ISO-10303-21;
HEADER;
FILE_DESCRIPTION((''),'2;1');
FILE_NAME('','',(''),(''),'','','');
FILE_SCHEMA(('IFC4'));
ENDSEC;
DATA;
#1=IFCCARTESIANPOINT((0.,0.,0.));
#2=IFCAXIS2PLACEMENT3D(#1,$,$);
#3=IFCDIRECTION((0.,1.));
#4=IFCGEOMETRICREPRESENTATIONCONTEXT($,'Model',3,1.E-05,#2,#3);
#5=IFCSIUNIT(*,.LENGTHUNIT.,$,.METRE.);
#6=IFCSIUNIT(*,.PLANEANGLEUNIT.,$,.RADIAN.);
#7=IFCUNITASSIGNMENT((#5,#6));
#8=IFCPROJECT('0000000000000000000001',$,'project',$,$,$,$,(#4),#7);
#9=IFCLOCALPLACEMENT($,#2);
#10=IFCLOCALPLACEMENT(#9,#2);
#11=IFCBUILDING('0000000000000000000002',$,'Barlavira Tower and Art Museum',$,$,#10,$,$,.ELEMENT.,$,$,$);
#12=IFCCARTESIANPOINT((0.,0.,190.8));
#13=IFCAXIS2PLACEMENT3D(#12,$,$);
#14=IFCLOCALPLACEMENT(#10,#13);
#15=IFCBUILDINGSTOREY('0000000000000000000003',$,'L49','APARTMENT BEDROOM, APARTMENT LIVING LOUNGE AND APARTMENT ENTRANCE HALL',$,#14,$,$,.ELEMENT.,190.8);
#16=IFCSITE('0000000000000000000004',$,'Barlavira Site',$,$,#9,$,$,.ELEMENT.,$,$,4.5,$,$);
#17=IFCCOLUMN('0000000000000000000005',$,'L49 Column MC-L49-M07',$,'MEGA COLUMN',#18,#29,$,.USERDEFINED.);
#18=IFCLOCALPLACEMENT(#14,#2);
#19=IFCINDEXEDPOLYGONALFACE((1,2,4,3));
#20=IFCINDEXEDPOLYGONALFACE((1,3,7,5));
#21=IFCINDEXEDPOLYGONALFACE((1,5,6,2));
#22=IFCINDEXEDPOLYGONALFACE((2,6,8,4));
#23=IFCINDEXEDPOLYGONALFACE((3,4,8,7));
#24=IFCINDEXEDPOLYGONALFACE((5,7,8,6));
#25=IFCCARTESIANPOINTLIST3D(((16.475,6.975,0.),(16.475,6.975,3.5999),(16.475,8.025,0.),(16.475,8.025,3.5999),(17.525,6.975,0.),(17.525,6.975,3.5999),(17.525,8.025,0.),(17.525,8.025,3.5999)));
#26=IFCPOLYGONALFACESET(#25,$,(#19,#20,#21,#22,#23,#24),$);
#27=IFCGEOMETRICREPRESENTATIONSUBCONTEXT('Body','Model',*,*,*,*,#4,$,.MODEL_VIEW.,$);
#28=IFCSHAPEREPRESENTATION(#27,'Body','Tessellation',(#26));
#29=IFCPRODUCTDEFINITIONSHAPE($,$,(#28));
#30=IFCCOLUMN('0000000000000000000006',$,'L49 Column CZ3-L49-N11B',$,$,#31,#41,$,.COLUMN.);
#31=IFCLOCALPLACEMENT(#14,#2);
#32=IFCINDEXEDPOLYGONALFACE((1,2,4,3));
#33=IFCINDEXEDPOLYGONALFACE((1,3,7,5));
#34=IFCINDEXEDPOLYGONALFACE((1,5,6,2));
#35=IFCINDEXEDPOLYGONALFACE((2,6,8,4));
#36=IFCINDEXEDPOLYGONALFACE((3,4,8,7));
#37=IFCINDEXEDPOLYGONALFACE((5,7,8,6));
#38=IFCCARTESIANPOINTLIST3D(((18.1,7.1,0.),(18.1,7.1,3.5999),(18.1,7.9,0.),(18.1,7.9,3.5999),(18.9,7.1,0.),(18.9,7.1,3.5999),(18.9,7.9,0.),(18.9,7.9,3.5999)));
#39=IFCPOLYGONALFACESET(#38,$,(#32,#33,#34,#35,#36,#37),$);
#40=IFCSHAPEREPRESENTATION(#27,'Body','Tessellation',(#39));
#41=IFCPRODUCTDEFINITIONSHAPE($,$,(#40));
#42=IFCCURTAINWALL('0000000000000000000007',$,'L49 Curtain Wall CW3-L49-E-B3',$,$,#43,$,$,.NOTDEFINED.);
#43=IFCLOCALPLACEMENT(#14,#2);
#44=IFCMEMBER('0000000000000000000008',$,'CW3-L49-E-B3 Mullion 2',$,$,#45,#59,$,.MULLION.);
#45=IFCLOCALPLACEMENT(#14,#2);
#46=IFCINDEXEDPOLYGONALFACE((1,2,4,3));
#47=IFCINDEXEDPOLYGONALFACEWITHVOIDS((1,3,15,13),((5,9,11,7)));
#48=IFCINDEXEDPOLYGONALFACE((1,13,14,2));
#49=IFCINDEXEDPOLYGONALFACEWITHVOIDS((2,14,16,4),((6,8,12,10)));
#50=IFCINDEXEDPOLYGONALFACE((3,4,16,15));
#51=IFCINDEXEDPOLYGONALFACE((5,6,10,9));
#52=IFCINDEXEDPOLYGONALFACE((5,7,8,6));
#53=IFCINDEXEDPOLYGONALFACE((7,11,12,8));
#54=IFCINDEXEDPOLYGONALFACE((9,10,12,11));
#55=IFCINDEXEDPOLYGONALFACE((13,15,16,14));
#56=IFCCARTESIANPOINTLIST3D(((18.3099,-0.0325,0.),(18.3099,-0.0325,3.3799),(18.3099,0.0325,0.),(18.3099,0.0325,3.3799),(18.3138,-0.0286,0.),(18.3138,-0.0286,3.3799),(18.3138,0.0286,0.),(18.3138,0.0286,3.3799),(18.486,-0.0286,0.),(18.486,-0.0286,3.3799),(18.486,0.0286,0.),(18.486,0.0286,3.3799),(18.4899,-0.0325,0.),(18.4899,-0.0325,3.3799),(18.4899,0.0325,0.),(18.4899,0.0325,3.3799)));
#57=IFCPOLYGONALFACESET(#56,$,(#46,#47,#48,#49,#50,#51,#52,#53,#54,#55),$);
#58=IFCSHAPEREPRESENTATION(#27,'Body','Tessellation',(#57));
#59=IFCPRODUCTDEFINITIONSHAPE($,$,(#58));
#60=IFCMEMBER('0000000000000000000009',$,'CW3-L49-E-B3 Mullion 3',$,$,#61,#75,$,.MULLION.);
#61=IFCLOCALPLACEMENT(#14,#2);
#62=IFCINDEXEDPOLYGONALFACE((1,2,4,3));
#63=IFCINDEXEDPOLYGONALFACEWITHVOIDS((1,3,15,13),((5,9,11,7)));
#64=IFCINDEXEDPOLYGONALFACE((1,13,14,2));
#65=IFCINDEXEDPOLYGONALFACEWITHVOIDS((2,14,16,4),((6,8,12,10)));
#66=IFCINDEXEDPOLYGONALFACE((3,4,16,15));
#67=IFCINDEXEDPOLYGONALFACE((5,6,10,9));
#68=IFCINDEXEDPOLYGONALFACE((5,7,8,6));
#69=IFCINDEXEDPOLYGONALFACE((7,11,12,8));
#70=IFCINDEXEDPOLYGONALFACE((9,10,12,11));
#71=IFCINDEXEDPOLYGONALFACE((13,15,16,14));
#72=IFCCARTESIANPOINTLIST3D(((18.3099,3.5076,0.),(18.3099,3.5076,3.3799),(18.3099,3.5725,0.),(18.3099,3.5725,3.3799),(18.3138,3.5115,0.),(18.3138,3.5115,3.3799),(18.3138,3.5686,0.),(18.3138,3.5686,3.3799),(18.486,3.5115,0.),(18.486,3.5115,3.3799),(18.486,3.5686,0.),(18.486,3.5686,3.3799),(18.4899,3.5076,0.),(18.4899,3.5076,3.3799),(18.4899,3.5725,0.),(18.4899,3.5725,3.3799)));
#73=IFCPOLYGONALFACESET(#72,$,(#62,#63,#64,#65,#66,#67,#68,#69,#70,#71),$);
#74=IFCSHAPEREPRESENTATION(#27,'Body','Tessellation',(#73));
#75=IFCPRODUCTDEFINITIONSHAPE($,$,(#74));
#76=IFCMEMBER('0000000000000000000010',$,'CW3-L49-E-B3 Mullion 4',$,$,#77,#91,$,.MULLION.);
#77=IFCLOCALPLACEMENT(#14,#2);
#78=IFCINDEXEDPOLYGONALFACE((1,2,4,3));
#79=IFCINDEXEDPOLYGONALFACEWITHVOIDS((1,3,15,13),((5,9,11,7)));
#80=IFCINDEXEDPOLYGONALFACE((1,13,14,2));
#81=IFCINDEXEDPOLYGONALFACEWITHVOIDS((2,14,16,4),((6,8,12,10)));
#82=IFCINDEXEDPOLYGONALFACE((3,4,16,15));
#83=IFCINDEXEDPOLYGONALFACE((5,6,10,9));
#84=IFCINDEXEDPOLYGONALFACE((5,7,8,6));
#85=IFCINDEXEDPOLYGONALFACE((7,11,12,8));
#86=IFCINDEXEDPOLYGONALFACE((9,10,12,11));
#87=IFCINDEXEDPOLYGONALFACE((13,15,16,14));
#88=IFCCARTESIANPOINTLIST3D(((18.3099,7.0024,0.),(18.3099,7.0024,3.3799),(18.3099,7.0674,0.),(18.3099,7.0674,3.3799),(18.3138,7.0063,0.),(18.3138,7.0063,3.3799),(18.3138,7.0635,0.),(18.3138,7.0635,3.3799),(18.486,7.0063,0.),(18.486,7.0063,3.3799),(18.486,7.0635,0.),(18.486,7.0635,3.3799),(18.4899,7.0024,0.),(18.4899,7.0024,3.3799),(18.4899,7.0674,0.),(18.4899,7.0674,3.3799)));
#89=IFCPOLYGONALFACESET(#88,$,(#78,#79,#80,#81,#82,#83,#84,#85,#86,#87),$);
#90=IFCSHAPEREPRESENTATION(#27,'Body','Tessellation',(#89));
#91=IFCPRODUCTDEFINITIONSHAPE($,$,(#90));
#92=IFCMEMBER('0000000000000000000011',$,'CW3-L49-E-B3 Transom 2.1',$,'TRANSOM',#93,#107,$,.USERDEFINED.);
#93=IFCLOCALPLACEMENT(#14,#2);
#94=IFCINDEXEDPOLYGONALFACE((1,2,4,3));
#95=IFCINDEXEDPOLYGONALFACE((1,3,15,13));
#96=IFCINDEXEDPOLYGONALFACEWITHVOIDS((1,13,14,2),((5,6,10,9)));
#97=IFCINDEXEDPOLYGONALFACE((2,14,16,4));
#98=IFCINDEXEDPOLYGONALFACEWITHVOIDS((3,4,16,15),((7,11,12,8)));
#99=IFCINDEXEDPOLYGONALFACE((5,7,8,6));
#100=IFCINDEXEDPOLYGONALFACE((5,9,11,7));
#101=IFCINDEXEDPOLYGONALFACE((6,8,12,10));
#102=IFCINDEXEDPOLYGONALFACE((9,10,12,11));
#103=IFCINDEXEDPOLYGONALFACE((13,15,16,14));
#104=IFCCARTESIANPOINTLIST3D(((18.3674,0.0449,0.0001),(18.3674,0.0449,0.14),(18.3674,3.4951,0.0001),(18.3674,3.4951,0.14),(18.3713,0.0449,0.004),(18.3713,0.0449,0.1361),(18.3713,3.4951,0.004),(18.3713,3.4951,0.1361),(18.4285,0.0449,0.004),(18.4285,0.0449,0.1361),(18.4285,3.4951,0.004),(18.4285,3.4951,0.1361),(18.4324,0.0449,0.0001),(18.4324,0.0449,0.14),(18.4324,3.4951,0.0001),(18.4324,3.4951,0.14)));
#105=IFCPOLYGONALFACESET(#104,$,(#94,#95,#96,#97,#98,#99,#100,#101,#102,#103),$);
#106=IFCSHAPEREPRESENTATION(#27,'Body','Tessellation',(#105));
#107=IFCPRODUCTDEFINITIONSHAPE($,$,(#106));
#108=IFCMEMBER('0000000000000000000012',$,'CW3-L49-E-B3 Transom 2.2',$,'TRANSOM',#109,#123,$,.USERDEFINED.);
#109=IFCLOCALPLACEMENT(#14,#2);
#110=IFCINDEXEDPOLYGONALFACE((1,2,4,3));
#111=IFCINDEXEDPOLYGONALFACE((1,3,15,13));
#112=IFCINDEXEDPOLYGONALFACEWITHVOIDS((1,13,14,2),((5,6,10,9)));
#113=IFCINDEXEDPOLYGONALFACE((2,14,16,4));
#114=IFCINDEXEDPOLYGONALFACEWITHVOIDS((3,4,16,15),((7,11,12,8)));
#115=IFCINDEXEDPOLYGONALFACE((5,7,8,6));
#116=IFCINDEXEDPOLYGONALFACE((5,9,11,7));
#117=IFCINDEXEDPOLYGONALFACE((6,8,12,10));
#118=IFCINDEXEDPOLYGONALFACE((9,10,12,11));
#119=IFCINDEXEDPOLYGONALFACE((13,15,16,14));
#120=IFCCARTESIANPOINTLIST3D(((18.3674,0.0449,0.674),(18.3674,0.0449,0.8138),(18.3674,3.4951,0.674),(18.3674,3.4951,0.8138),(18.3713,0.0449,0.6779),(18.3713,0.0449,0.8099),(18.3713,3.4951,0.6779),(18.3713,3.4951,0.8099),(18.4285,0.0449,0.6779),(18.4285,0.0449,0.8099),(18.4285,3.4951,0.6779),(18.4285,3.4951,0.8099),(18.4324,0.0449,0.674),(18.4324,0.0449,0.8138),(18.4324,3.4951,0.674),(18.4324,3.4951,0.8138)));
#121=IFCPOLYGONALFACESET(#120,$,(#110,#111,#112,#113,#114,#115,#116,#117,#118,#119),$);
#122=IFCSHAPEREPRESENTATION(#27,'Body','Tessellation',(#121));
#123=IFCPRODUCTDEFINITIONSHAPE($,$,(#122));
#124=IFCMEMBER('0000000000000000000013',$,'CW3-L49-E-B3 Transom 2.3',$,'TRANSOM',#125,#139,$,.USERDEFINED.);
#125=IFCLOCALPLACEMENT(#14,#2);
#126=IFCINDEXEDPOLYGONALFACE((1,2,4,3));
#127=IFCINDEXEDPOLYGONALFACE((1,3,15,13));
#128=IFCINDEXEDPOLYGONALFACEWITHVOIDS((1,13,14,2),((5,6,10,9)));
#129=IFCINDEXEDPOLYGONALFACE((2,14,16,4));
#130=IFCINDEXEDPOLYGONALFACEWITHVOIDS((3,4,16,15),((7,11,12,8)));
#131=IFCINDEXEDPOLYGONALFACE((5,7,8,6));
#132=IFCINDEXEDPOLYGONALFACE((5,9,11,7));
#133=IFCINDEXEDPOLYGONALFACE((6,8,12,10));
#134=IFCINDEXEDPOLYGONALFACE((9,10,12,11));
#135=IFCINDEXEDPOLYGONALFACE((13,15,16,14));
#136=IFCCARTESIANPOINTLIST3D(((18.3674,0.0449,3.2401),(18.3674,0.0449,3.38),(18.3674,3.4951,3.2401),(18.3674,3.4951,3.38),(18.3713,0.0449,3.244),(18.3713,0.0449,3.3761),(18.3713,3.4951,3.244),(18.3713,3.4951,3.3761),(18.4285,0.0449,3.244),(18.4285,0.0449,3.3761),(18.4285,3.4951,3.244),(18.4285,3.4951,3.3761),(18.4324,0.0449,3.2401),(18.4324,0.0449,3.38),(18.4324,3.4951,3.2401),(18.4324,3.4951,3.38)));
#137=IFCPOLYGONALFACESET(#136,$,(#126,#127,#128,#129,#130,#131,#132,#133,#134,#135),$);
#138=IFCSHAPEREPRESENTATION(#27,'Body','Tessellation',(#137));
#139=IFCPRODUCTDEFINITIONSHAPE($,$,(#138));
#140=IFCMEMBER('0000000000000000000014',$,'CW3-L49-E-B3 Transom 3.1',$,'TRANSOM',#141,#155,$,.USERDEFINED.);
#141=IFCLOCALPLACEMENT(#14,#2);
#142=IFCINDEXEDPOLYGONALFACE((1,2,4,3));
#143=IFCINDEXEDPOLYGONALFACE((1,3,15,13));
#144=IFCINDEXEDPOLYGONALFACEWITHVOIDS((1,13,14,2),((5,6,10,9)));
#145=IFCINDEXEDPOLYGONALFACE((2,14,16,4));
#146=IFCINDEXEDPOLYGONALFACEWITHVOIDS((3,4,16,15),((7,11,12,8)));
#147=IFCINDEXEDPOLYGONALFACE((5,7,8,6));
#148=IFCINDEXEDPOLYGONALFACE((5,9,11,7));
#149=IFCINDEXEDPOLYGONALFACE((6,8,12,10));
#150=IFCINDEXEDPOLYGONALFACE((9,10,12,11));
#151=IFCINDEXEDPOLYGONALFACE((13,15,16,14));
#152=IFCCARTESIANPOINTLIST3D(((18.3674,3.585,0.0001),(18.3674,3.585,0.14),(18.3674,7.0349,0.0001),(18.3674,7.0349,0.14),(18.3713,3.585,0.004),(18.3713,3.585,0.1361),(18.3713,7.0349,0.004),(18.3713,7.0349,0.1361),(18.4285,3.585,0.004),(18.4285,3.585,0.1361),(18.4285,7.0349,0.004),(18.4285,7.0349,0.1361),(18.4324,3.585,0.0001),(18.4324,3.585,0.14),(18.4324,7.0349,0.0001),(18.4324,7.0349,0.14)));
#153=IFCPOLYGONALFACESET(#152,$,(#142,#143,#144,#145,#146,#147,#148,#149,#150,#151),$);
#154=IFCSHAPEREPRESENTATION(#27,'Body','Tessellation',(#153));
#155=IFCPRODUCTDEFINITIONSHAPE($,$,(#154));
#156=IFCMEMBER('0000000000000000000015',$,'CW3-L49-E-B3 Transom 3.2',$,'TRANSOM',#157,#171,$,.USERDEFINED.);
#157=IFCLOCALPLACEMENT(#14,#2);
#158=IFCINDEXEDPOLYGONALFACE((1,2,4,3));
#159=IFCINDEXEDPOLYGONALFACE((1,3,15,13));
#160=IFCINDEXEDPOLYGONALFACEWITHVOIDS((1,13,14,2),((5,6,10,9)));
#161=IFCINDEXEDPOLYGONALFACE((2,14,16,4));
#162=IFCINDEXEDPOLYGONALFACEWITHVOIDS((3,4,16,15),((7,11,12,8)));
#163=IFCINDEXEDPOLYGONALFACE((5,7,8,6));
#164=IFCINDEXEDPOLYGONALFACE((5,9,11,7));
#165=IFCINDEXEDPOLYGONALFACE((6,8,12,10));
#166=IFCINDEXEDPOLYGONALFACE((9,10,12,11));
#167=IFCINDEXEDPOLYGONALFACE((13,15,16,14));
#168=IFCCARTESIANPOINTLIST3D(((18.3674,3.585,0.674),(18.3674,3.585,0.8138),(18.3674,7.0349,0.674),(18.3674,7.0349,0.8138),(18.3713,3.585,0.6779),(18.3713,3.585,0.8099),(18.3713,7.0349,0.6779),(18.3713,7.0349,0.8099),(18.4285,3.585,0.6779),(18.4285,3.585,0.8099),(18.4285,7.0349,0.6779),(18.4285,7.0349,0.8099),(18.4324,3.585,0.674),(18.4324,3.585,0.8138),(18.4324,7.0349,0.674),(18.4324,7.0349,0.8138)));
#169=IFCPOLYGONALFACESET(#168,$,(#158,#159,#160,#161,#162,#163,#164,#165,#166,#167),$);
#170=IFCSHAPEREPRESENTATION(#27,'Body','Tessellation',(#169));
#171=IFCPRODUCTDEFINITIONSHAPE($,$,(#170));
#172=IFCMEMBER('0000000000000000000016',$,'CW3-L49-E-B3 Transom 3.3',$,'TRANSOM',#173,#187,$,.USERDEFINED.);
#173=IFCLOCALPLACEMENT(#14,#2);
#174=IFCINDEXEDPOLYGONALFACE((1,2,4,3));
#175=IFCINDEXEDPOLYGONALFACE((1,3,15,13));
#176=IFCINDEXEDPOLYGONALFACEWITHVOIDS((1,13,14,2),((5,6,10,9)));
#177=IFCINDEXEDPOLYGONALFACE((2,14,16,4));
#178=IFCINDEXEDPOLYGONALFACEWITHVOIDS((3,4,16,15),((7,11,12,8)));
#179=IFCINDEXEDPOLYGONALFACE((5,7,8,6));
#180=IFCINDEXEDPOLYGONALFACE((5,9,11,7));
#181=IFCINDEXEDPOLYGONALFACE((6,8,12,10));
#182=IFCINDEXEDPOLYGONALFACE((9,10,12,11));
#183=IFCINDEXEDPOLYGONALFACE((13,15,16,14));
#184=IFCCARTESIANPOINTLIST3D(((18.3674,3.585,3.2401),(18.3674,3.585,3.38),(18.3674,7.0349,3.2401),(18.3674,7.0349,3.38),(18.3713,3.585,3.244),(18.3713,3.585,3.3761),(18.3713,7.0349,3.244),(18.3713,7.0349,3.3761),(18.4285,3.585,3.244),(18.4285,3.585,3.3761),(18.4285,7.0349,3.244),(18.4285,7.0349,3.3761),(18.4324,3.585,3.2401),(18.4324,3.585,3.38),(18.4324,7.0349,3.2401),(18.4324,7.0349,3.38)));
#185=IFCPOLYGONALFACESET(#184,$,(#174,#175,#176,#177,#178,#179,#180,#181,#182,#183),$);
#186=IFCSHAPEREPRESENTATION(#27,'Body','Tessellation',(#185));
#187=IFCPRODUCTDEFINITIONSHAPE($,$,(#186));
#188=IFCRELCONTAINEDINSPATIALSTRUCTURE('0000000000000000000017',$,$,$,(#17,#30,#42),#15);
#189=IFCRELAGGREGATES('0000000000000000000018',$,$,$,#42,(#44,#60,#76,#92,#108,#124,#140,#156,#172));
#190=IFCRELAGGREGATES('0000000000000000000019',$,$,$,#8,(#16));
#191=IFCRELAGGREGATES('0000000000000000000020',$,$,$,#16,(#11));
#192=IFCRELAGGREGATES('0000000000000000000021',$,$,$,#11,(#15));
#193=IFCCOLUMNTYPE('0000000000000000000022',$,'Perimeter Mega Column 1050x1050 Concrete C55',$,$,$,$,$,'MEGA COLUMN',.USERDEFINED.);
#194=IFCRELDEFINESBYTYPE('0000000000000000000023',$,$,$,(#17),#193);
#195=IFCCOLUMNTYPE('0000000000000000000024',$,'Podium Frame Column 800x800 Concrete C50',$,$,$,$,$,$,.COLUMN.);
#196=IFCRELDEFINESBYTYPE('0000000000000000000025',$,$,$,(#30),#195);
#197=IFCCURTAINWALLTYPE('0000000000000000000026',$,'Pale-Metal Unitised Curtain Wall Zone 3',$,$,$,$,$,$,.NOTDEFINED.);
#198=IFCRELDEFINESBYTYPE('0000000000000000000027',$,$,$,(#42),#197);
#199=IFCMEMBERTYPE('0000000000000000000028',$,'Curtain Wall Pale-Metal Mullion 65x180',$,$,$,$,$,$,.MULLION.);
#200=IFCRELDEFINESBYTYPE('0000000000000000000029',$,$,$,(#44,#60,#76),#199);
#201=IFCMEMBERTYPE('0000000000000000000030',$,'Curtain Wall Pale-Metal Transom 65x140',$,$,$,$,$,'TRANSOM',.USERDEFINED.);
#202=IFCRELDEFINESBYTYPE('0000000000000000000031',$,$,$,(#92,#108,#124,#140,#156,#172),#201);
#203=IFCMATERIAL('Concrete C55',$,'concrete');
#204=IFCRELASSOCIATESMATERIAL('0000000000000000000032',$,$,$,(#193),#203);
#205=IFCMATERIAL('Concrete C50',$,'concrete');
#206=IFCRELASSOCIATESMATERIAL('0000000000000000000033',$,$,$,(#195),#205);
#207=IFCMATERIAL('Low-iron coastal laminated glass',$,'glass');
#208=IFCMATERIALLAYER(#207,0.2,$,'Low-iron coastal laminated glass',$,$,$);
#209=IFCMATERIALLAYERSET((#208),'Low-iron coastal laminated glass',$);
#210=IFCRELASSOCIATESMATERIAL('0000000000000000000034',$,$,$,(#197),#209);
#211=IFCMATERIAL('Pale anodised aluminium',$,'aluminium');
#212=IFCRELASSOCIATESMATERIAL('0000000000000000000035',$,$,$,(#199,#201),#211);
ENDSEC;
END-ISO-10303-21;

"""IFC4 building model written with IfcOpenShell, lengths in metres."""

from ifc_helpers import new_model, si_unit, direction, frame, origin, origin_2d, place, context, subcontext, project, spatial, rectangle, hollow_rectangle, extrude, material, layer, layer_set, material_profile, profile_set, type_object, element, aggregate, save


model = new_model("IFC4")

# Units and contexts
model_context = context("Model", 3, precision=1e-05, world=origin(), true_north=direction((0.0, 1.0)))
body_context = subcontext(model_context, "Body", "Model", "MODEL_VIEW")
ifc_project = project(units=[si_unit("LENGTHUNIT", "METRE"), si_unit("PLANEANGLEUNIT", "RADIAN")], contexts=[model_context])

# Site, building, storey
site_placement = place(None, origin())
site = spatial("IfcSite", under=ifc_project, at=site_placement, Name="Barlavira Site", CompositionType="ELEMENT", RefElevation=4.5)
building_placement = place(site_placement, origin())
building = spatial("IfcBuilding", under=site, at=building_placement, Name="Barlavira Tower and Art Museum", CompositionType="ELEMENT")
storey_placement = place(building_placement, frame((0.0, 0.0, 190.8)))
storey = spatial("IfcBuildingStorey", under=building, at=storey_placement, Name="L49", Description="APARTMENT BEDROOM, APARTMENT LIVING LOUNGE AND APARTMENT ENTRANCE HALL", CompositionType="ELEMENT", Elevation=190.8)

# Columns
ifc_material_1 = material(Name="Concrete C55", Category="concrete")
ifc_material_profile_1 = material_profile(ifc_material_1, rectangle(XDim=1.05, YDim=1.05, at=origin_2d()), Name="RC-COL 1050x1050")
ifc_profile_set_1 = profile_set([ifc_material_profile_1], Name="Concrete C55")
column_type_1 = type_object("IfcColumnType", Name="Perimeter Mega Column 1050x1050 Concrete C55", ElementType="MEGA COLUMN", PredefinedType="USERDEFINED", material=ifc_profile_set_1)
column_1_placement = place(storey_placement, frame((17.0, 7.5, 0.0), z_axis=(0.0, 0.0, 1.0), x_axis=(1.0, 0.0, 0.0)))
element("IfcColumn", 1, at=column_1_placement, inside=storey, type_object=column_type_1, Name="L49 Column MC-L49-M07", ObjectType="MEGA COLUMN", PredefinedType="USERDEFINED", context=body_context, shape_type="SweptSolid", body=[
    extrude(rectangle(XDim=1.05, YDim=1.05, at=origin_2d()), origin(), (0.0, 0.0, 1.0), 3.5999),
])
ifc_material_2 = material(Name="Concrete C50", Category="concrete")
ifc_material_profile_2 = material_profile(ifc_material_2, rectangle(XDim=0.8, YDim=0.8, at=origin_2d()), Name="RC-COL 800x800")
ifc_profile_set_2 = profile_set([ifc_material_profile_2], Name="Concrete C50")
column_type_2 = type_object("IfcColumnType", Name="Podium Frame Column 800x800 Concrete C50", PredefinedType="COLUMN", material=ifc_profile_set_2)
column_2_placement = place(storey_placement, frame((18.5, 7.5, 0.0), z_axis=(0.0, 0.0, 1.0), x_axis=(1.0, 0.0, 0.0)))
element("IfcColumn", 2, at=column_2_placement, inside=storey, type_object=column_type_2, Name="L49 Column CZ3-L49-N11B", PredefinedType="COLUMN", context=body_context, shape_type="SweptSolid", body=[
    extrude(rectangle(XDim=0.8, YDim=0.8, at=origin_2d()), origin(), (0.0, 0.0, 1.0), 3.5999),
])

# Curtain wall, members
ifc_material_3 = material(Name="Low-iron coastal laminated glass", Category="glass")
ifc_layer_1 = layer(ifc_material_3, 0.2, Name="Low-iron coastal laminated glass")
ifc_layer_set_1 = layer_set([ifc_layer_1], Name="Low-iron coastal laminated glass")
curtain_wall_type = type_object("IfcCurtainWallType", Name="Pale-Metal Unitised Curtain Wall Zone 3", PredefinedType="NOTDEFINED", material=ifc_layer_set_1)
curtain_wall_placement = place(storey_placement, origin())
curtain_wall = element("IfcCurtainWall", 3, at=curtain_wall_placement, inside=storey, type_object=curtain_wall_type, Name="L49 Curtain Wall CW3-L49-E-B3", PredefinedType="NOTDEFINED")
ifc_material_4 = material(Name="Pale anodised aluminium", Category="aluminium")
ifc_material_profile_3 = material_profile(ifc_material_4, hollow_rectangle(XDim=0.0649, YDim=0.1799, WallThickness=0.0039, at=origin_2d()), Name="ALU-MULL 65x180x4")
ifc_profile_set_3 = profile_set([ifc_material_profile_3], Name="Pale anodised aluminium")
member_type_1 = type_object("IfcMemberType", Name="Curtain Wall Pale-Metal Mullion 65x180", PredefinedType="MULLION", material=ifc_profile_set_3)
member_1_placement = place(storey_placement, frame((18.3999, 0.0, 0.0), z_axis=(0.0, 0.0, 1.0), x_axis=(0.0, 1.0, 0.0)))
member_1 = element("IfcMember", 4, at=member_1_placement, type_object=member_type_1, Name="CW3-L49-E-B3 Mullion 2", PredefinedType="MULLION", context=body_context, shape_type="SweptSolid", body=[
    extrude(hollow_rectangle(XDim=0.0649, YDim=0.1799, WallThickness=0.0039, at=origin_2d()), origin(), (0.0, 0.0, 1.0), 3.3799),
])
member_2_placement = place(storey_placement, frame((18.3999, 3.54, 0.0), z_axis=(0.0, 0.0, 1.0), x_axis=(0.0, 1.0, 0.0)))
member_2 = element("IfcMember", 5, at=member_2_placement, type_object=member_type_1, Name="CW3-L49-E-B3 Mullion 3", PredefinedType="MULLION", context=body_context, shape_type="SweptSolid", body=[
    extrude(hollow_rectangle(XDim=0.0649, YDim=0.1799, WallThickness=0.0039, at=origin_2d()), origin(), (0.0, 0.0, 1.0), 3.3799),
])
member_3_placement = place(storey_placement, frame((18.3999, 7.0349, 0.0), z_axis=(0.0, 0.0, 1.0), x_axis=(0.0, 1.0, 0.0)))
member_3 = element("IfcMember", 6, at=member_3_placement, type_object=member_type_1, Name="CW3-L49-E-B3 Mullion 4", PredefinedType="MULLION", context=body_context, shape_type="SweptSolid", body=[
    extrude(hollow_rectangle(XDim=0.0649, YDim=0.1799, WallThickness=0.0039, at=origin_2d()), origin(), (0.0, 0.0, 1.0), 3.3799),
])
ifc_material_profile_4 = material_profile(ifc_material_4, hollow_rectangle(XDim=0.0649, YDim=0.1399, WallThickness=0.0039, at=origin_2d()), Name="ALU-TRAN 65x140x4")
ifc_profile_set_4 = profile_set([ifc_material_profile_4], Name="Pale anodised aluminium")
member_type_2 = type_object("IfcMemberType", Name="Curtain Wall Pale-Metal Transom 65x140", ElementType="TRANSOM", PredefinedType="USERDEFINED", material=ifc_profile_set_4)
member_4_placement = place(storey_placement, frame((18.3999, 0.0449, 0.0701), z_axis=(0.0, 1.0, 0.0), x_axis=(-1.0, 0.0, 0.0)))
member_4 = element("IfcMember", 7, at=member_4_placement, type_object=member_type_2, Name="CW3-L49-E-B3 Transom 2.1", ObjectType="TRANSOM", PredefinedType="USERDEFINED", context=body_context, shape_type="SweptSolid", body=[
    extrude(hollow_rectangle(XDim=0.0649, YDim=0.1399, WallThickness=0.0039, at=origin_2d()), origin(), (0.0, 0.0, 1.0), 3.4502),
])
member_5_placement = place(storey_placement, frame((18.3999, 0.0449, 0.7439), z_axis=(0.0, 1.0, 0.0), x_axis=(-1.0, 0.0, 0.0)))
member_5 = element("IfcMember", 8, at=member_5_placement, type_object=member_type_2, Name="CW3-L49-E-B3 Transom 2.2", ObjectType="TRANSOM", PredefinedType="USERDEFINED", context=body_context, shape_type="SweptSolid", body=[
    extrude(hollow_rectangle(XDim=0.0649, YDim=0.1399, WallThickness=0.0039, at=origin_2d()), origin(), (0.0, 0.0, 1.0), 3.4502),
])
member_6_placement = place(storey_placement, frame((18.3999, 0.0449, 3.3101), z_axis=(0.0, 1.0, 0.0), x_axis=(-1.0, 0.0, 0.0)))
member_6 = element("IfcMember", 9, at=member_6_placement, type_object=member_type_2, Name="CW3-L49-E-B3 Transom 2.3", ObjectType="TRANSOM", PredefinedType="USERDEFINED", context=body_context, shape_type="SweptSolid", body=[
    extrude(hollow_rectangle(XDim=0.0649, YDim=0.1399, WallThickness=0.0039, at=origin_2d()), origin(), (0.0, 0.0, 1.0), 3.4502),
])
member_7_placement = place(storey_placement, frame((18.3999, 3.585, 0.0701), z_axis=(0.0, 1.0, 0.0), x_axis=(-1.0, 0.0, 0.0)))
member_7 = element("IfcMember", 10, at=member_7_placement, type_object=member_type_2, Name="CW3-L49-E-B3 Transom 3.1", ObjectType="TRANSOM", PredefinedType="USERDEFINED", context=body_context, shape_type="SweptSolid", body=[
    extrude(hollow_rectangle(XDim=0.0649, YDim=0.1399, WallThickness=0.0039, at=origin_2d()), origin(), (0.0, 0.0, 1.0), 3.45),
])
member_8_placement = place(storey_placement, frame((18.3999, 3.585, 0.7439), z_axis=(0.0, 1.0, 0.0), x_axis=(-1.0, 0.0, 0.0)))
member_8 = element("IfcMember", 11, at=member_8_placement, type_object=member_type_2, Name="CW3-L49-E-B3 Transom 3.2", ObjectType="TRANSOM", PredefinedType="USERDEFINED", context=body_context, shape_type="SweptSolid", body=[
    extrude(hollow_rectangle(XDim=0.0649, YDim=0.1399, WallThickness=0.0039, at=origin_2d()), origin(), (0.0, 0.0, 1.0), 3.45),
])
member_9_placement = place(storey_placement, frame((18.3999, 3.585, 3.3101), z_axis=(0.0, 1.0, 0.0), x_axis=(-1.0, 0.0, 0.0)))
member_9 = element("IfcMember", 12, at=member_9_placement, type_object=member_type_2, Name="CW3-L49-E-B3 Transom 3.3", ObjectType="TRANSOM", PredefinedType="USERDEFINED", context=body_context, shape_type="SweptSolid", body=[
    extrude(hollow_rectangle(XDim=0.0649, YDim=0.1399, WallThickness=0.0039, at=origin_2d()), origin(), (0.0, 0.0, 1.0), 3.45),
])

aggregate(curtain_wall, [member_1, member_2, member_3, member_4, member_5, member_6, member_7, member_8, member_9])

save(model, "model.ifc")
